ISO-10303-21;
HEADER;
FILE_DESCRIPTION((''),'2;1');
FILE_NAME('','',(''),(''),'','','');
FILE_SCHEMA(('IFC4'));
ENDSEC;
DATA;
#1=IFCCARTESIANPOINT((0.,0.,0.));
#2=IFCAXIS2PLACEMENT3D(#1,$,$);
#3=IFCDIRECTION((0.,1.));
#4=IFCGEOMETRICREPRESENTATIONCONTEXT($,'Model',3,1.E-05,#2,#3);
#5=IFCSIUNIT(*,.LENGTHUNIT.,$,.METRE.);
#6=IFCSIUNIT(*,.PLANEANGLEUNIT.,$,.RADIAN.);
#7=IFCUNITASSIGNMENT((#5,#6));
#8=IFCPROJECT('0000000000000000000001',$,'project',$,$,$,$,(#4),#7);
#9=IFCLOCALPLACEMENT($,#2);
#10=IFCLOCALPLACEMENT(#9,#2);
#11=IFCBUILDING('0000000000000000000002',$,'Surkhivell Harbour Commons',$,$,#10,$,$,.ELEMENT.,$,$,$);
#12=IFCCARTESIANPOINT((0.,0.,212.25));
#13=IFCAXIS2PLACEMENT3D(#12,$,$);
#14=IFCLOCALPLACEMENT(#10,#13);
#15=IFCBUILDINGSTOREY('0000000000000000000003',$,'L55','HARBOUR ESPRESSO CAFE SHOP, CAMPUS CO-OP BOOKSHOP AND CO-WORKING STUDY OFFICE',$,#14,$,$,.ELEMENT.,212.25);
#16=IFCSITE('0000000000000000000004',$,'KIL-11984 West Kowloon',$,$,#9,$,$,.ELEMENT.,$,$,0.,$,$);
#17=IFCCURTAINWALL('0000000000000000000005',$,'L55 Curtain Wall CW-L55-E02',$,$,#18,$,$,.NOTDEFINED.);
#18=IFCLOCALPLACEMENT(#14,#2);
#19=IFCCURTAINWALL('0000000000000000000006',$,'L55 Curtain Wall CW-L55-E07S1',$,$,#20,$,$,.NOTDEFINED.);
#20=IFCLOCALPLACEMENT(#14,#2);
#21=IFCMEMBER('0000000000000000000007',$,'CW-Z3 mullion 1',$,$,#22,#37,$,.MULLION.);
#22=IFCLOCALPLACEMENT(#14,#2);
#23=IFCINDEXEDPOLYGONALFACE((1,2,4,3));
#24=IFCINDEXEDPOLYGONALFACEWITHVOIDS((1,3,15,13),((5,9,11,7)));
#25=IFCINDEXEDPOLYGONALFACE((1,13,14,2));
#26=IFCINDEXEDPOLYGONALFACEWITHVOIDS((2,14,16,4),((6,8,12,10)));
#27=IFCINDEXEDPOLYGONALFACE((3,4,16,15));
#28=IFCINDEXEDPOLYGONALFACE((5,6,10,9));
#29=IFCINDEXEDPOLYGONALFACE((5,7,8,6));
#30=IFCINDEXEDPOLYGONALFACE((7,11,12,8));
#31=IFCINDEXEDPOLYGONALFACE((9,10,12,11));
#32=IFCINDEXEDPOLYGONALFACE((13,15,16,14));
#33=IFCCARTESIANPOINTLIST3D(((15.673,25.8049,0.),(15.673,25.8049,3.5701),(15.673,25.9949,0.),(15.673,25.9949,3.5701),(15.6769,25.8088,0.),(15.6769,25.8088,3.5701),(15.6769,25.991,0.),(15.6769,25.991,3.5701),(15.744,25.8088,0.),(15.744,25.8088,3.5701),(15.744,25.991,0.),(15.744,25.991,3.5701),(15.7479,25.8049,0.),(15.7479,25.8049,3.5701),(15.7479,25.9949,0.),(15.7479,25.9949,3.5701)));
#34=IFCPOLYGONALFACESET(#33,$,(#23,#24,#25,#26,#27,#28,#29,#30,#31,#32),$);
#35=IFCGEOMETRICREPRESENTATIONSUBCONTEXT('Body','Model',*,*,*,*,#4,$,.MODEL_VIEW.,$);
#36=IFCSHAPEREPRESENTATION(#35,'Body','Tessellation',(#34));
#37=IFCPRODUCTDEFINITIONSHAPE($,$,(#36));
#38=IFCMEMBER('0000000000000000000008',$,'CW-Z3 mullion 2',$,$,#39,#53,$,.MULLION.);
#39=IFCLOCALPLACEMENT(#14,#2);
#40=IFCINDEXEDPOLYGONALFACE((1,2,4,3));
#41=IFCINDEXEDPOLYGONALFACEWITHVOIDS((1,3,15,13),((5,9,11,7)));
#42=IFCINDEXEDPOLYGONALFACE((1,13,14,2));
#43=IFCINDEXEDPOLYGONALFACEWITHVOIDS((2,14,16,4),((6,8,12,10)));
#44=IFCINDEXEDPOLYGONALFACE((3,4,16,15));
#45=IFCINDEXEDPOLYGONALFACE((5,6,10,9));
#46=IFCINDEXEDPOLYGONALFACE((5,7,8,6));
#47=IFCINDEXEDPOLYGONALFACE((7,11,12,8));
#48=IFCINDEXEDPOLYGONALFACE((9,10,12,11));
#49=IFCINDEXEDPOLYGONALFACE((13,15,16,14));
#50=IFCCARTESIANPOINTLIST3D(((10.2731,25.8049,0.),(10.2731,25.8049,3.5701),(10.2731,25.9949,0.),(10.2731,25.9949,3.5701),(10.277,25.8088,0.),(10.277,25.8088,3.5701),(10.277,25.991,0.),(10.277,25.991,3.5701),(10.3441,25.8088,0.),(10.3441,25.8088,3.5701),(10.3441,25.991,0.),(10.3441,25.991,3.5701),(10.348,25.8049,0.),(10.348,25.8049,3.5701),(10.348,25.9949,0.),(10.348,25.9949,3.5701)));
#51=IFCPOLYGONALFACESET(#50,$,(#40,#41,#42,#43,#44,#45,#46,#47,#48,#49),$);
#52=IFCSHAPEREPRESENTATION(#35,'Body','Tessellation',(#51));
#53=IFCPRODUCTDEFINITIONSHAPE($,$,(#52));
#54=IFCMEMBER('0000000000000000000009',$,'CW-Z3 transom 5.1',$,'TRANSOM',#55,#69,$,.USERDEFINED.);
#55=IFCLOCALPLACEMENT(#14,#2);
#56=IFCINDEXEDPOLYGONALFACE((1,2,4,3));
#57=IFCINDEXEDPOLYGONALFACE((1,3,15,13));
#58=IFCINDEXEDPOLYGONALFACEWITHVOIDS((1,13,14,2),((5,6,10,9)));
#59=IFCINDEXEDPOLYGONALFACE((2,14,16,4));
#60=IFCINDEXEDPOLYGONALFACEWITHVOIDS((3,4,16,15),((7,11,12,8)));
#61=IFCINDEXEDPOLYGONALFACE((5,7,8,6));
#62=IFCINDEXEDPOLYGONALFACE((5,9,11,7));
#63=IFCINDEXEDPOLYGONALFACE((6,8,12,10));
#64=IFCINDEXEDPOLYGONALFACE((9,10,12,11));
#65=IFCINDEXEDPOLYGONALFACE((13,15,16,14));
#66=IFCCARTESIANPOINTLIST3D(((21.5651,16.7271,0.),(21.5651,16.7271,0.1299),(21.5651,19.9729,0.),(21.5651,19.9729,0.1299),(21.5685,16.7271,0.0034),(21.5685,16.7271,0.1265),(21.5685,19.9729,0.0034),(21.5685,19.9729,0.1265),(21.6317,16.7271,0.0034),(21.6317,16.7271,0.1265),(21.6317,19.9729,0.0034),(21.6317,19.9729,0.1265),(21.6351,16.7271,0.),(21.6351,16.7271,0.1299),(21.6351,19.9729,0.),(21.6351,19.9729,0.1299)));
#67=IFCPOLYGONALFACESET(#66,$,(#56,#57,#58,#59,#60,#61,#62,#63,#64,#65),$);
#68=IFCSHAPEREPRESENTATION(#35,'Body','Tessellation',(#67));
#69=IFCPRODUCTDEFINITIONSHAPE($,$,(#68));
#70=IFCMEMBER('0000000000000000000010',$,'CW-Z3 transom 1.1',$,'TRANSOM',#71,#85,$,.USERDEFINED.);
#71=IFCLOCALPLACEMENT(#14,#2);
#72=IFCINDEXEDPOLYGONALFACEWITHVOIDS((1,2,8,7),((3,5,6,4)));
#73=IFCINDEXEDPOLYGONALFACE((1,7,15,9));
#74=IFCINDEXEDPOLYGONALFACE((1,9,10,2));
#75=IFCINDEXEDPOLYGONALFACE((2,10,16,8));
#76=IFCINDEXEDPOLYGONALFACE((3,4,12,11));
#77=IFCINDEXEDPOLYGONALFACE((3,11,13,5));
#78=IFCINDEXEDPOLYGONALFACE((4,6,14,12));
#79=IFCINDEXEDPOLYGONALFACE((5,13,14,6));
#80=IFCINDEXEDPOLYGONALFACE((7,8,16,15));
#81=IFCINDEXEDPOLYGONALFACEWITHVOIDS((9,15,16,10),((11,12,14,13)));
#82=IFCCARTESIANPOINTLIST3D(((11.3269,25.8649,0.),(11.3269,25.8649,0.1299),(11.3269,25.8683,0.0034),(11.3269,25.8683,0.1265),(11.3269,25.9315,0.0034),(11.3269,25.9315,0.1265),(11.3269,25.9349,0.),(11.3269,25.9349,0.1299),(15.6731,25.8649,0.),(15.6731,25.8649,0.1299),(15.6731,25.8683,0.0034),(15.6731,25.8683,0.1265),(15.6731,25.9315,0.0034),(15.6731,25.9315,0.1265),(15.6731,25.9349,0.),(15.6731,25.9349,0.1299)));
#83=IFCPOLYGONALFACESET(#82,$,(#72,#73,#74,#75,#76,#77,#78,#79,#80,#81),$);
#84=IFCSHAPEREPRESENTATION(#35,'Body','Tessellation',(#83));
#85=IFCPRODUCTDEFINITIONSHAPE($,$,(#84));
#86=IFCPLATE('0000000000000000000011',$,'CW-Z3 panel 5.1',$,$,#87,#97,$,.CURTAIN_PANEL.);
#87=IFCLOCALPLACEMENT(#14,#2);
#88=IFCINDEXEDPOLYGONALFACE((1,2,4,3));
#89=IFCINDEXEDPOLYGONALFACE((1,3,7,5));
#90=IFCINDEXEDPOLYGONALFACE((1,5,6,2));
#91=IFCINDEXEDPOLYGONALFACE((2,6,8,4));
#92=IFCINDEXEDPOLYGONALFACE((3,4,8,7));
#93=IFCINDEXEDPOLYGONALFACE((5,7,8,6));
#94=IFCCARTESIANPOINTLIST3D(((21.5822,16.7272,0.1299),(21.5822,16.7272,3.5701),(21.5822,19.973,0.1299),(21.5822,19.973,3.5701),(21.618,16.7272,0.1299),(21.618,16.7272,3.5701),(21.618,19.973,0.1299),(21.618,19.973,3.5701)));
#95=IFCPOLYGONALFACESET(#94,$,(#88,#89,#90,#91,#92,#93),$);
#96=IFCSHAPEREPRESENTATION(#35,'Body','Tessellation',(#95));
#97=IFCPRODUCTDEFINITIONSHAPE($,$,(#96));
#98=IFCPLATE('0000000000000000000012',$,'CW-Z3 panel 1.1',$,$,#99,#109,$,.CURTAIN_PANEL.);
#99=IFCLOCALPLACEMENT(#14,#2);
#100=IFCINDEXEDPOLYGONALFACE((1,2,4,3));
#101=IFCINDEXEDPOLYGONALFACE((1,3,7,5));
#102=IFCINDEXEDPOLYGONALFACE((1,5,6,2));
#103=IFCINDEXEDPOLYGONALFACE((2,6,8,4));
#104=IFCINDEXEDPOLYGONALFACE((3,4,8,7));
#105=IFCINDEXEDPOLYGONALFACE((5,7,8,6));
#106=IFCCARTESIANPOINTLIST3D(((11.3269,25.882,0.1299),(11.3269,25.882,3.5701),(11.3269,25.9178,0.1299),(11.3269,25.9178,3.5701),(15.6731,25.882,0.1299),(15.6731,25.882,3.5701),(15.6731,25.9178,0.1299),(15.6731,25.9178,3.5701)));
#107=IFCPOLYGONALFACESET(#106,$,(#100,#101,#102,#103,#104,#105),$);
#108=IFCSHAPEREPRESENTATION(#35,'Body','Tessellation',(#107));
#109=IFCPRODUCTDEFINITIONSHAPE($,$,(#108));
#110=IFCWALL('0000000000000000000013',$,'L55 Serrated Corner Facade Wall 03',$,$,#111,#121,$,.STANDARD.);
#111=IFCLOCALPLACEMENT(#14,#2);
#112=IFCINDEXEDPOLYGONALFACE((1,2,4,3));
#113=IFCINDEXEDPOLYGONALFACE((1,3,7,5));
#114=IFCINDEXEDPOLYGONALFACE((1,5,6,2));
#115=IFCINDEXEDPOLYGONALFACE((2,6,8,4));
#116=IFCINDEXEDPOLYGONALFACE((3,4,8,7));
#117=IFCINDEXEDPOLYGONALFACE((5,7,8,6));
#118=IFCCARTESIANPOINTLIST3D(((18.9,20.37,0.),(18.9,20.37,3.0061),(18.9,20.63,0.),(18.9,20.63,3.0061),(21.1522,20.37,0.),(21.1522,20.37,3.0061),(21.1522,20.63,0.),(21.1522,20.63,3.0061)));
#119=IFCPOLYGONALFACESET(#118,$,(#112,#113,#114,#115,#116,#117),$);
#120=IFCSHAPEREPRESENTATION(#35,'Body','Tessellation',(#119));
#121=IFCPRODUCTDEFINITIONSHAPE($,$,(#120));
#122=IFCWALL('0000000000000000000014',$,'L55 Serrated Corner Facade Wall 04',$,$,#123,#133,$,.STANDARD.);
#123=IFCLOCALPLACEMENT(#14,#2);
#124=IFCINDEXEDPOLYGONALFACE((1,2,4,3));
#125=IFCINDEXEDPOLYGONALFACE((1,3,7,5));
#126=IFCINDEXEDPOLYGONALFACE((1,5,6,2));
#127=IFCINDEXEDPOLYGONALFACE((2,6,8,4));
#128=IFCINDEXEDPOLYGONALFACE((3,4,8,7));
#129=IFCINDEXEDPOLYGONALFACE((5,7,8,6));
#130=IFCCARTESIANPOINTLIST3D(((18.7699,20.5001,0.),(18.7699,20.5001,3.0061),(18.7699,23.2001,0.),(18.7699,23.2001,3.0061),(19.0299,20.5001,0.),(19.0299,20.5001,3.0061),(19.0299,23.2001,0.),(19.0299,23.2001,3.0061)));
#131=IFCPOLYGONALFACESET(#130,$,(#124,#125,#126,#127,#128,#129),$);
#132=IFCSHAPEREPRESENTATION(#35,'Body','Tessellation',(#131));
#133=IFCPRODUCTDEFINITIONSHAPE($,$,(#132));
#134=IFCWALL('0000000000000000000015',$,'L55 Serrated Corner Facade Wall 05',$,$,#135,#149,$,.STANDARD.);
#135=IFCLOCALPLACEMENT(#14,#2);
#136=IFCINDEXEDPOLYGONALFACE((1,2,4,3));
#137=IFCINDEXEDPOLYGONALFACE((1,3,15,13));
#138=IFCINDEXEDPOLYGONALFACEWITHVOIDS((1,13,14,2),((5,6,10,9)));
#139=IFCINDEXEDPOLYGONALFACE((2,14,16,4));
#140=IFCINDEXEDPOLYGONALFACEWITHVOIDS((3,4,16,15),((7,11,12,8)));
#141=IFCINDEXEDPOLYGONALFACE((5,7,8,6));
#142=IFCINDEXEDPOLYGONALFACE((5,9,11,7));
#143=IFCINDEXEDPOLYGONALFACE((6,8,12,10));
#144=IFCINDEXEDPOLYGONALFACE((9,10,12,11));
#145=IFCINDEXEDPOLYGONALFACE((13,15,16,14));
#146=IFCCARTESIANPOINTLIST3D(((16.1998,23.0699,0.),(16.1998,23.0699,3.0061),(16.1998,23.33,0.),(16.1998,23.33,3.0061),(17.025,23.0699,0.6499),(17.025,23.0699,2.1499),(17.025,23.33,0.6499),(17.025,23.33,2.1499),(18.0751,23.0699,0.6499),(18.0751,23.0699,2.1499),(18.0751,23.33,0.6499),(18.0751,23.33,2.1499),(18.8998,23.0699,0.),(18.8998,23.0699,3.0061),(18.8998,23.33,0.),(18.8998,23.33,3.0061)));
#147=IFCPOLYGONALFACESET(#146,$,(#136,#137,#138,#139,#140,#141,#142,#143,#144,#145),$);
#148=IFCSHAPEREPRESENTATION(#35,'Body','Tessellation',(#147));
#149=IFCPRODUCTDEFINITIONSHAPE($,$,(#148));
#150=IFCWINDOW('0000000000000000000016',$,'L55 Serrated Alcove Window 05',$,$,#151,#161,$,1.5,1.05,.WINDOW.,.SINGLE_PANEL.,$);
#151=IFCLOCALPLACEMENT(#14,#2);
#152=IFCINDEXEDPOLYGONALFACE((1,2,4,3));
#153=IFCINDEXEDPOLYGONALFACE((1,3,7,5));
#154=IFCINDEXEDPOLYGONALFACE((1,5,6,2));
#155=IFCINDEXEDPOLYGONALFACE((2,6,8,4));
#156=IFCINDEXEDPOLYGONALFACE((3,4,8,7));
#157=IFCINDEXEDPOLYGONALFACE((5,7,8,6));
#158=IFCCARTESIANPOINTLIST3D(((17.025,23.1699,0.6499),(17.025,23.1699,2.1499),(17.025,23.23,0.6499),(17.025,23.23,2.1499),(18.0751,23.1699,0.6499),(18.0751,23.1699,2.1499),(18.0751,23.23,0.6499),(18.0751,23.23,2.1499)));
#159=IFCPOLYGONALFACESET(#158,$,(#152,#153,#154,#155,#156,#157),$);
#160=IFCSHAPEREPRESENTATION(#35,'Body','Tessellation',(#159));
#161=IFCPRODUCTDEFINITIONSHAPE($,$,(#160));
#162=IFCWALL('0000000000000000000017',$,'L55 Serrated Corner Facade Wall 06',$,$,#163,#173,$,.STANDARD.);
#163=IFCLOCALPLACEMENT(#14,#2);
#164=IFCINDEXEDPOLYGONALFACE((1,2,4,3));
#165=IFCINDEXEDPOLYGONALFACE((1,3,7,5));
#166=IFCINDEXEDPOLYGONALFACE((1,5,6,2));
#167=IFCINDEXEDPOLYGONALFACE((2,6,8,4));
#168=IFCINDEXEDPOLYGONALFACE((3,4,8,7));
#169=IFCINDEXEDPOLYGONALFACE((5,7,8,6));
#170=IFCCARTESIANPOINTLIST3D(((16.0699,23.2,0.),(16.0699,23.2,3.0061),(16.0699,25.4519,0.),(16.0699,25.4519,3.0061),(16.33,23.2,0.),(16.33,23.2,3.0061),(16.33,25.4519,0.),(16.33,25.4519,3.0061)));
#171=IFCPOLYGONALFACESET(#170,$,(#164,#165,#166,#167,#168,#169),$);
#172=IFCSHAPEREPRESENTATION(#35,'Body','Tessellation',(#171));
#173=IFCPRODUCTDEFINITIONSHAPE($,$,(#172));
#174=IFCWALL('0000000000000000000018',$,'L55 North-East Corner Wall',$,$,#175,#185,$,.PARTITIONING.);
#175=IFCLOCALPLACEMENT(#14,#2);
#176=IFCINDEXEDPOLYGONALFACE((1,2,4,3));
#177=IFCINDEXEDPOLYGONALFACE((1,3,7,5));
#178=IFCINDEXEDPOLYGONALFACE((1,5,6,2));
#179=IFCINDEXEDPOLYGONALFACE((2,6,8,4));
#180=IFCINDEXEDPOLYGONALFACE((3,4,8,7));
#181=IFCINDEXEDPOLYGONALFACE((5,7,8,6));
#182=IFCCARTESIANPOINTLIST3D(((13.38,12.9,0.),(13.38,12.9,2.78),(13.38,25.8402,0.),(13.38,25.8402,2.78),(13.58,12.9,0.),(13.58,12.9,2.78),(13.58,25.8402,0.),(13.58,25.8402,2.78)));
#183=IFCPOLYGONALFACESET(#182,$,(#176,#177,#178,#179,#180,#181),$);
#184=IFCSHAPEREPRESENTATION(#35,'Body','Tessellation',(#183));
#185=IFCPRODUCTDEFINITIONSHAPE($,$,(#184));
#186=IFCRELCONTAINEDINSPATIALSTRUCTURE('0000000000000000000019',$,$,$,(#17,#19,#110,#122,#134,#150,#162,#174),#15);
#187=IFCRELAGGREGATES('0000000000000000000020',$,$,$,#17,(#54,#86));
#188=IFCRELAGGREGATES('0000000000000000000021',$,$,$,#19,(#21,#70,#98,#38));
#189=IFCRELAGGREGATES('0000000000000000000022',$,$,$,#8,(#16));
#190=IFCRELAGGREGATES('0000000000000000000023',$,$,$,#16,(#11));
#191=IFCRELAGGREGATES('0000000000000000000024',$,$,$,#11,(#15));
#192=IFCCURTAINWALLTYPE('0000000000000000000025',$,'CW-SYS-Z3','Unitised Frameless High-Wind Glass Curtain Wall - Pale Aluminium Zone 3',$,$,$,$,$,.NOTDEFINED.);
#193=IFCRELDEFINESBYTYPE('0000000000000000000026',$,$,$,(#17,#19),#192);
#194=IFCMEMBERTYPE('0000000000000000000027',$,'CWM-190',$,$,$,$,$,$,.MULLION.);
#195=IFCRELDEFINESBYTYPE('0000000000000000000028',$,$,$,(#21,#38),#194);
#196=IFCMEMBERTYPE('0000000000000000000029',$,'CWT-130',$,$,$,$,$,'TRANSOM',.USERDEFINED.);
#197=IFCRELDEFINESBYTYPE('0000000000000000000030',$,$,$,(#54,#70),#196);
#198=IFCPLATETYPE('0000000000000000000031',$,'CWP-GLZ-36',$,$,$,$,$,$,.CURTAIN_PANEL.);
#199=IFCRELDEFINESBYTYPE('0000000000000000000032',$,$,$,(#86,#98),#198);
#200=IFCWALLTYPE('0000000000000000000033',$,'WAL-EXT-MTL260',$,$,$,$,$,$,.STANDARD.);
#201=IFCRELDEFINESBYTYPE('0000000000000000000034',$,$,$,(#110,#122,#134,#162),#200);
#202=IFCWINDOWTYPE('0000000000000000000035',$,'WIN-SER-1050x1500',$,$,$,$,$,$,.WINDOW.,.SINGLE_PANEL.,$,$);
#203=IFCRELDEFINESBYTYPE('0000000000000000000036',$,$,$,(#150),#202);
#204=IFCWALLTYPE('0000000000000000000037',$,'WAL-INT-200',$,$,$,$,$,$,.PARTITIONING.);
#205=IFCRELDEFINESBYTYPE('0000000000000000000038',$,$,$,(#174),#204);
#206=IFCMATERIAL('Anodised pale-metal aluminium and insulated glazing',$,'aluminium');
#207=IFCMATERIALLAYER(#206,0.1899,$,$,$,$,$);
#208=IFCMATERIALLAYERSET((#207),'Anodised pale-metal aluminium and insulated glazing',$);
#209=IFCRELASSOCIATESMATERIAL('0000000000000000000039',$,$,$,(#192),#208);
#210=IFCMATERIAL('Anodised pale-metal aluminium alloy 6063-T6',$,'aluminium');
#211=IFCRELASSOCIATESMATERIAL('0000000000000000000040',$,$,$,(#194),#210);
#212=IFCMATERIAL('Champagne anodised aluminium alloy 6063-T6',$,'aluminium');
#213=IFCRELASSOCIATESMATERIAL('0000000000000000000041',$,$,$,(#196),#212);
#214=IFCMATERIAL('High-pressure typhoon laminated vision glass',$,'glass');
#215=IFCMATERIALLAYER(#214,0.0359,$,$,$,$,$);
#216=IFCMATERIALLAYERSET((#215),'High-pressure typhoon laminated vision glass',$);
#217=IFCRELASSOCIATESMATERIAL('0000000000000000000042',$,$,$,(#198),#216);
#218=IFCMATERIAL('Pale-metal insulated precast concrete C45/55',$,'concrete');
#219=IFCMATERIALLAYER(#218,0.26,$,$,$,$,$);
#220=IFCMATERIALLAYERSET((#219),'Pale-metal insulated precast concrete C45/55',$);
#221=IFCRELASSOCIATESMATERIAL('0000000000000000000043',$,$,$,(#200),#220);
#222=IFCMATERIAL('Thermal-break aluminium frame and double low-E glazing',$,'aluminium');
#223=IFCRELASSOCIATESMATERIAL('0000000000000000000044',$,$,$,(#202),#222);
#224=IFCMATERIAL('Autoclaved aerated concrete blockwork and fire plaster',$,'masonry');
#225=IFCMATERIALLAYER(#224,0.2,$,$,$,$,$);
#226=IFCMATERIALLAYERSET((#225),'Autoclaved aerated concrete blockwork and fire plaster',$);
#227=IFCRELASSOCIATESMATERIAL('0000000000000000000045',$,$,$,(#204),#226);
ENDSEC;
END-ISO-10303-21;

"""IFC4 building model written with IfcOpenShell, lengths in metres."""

from ifc_helpers import new_model, si_unit, direction, frame, frame_2d, origin, origin_2d, place, context, subcontext, project, spatial, rectangle, hollow_rectangle, extrude, material, layer, layer_set, material_profile, profile_set, type_object, element, fill, aggregate, save


model = new_model("IFC4")

# Units and contexts
model_context = context("Model", 3, precision=1e-05, world=origin(), true_north=direction((0.0, 1.0)))
body_context = subcontext(model_context, "Body", "Model", "MODEL_VIEW")
ifc_project = project(units=[si_unit("LENGTHUNIT", "METRE"), si_unit("PLANEANGLEUNIT", "RADIAN")], contexts=[model_context])

# Site, building, storey
site_placement = place(None, origin())
site = spatial("IfcSite", under=ifc_project, at=site_placement, Name="KIL-11984 West Kowloon", CompositionType="ELEMENT", RefElevation=0.0)
building_placement = place(site_placement, origin())
building = spatial("IfcBuilding", under=site, at=building_placement, Name="Surkhivell Harbour Commons", CompositionType="ELEMENT")
storey_placement = place(building_placement, frame((0.0, 0.0, 212.25)))
storey = spatial("IfcBuildingStorey", under=building, at=storey_placement, Name="L55", Description="HARBOUR ESPRESSO CAFE SHOP, CAMPUS CO-OP BOOKSHOP AND CO-WORKING STUDY OFFICE", CompositionType="ELEMENT", Elevation=212.25)

# Curtain walls, members
ifc_material_1 = material(Name="Anodised pale-metal aluminium and insulated glazing", Category="aluminium")
ifc_layer_1 = layer(ifc_material_1, 0.1899)
ifc_layer_set_1 = layer_set([ifc_layer_1], Name="Anodised pale-metal aluminium and insulated glazing")
curtain_wall_type = type_object("IfcCurtainWallType", Name="CW-SYS-Z3", Description="Unitised Frameless High-Wind Glass Curtain Wall - Pale Aluminium Zone 3", PredefinedType="NOTDEFINED", material=ifc_layer_set_1)
curtain_wall_1_placement = place(storey_placement, origin())
curtain_wall_1 = element("IfcCurtainWall", 1, at=curtain_wall_1_placement, inside=storey, type_object=curtain_wall_type, Name="L55 Curtain Wall CW-L55-E02", PredefinedType="NOTDEFINED")
ifc_material_2 = material(Name="Anodised pale-metal aluminium alloy 6063-T6", Category="aluminium")
ifc_material_profile_1 = material_profile(ifc_material_2, hollow_rectangle(XDim=0.075, YDim=0.1899, WallThickness=0.0039, at=origin_2d()), Name="ALU-MULL-75x190")
ifc_profile_set_1 = profile_set([ifc_material_profile_1], Name="Anodised pale-metal aluminium alloy 6063-T6")
member_type_1 = type_object("IfcMemberType", Name="CWM-190", PredefinedType="MULLION", material=ifc_profile_set_1)
curtain_wall_2_placement = place(storey_placement, origin())
curtain_wall_2 = element("IfcCurtainWall", 2, at=curtain_wall_2_placement, inside=storey, type_object=curtain_wall_type, Name="L55 Curtain Wall CW-L55-E07S1", PredefinedType="NOTDEFINED")
member_1_placement = place(storey_placement, frame((15.7104, 25.8999, 0.0), z_axis=(0.0, 0.0, 1.0), x_axis=(-1.0, 0.0, 0.0)))
member_1 = element("IfcMember", 3, at=member_1_placement, type_object=member_type_1, Name="CW-Z3 mullion 1", PredefinedType="MULLION", context=body_context, shape_type="SweptSolid", body=[
    extrude(hollow_rectangle(XDim=0.075, YDim=0.1899, WallThickness=0.0039, at=origin_2d()), origin(), (0.0, 0.0, 1.0), 3.5701),
])
member_2_placement = place(storey_placement, frame((10.3105, 25.8999, 0.0), z_axis=(0.0, 0.0, 1.0), x_axis=(-1.0, 0.0, 0.0)))
member_2 = element("IfcMember", 4, at=member_2_placement, type_object=member_type_1, Name="CW-Z3 mullion 2", PredefinedType="MULLION", context=body_context, shape_type="SweptSolid", body=[
    extrude(hollow_rectangle(XDim=0.075, YDim=0.1899, WallThickness=0.0039, at=origin_2d()), origin(), (0.0, 0.0, 1.0), 3.5701),
])

# Members
ifc_material_3 = material(Name="Champagne anodised aluminium alloy 6063-T6", Category="aluminium")
ifc_material_profile_2 = material_profile(ifc_material_3, hollow_rectangle(XDim=0.0701, YDim=0.1299, WallThickness=0.0034, at=origin_2d()), Name="ALU-TRAN-70x130")
ifc_profile_set_2 = profile_set([ifc_material_profile_2], Name="Champagne anodised aluminium alloy 6063-T6")
member_type_2 = type_object("IfcMemberType", Name="CWT-130", ElementType="TRANSOM", PredefinedType="USERDEFINED", material=ifc_profile_set_2)
member_3_placement = place(storey_placement, frame((21.6001, 16.7271, 0.0649), z_axis=(0.0, 1.0, 0.0), x_axis=(-1.0, 0.0, 0.0)))
member_3 = element("IfcMember", 5, at=member_3_placement, type_object=member_type_2, Name="CW-Z3 transom 5.1", ObjectType="TRANSOM", PredefinedType="USERDEFINED", context=body_context, shape_type="SweptSolid", body=[
    extrude(hollow_rectangle(XDim=0.0701, YDim=0.1299, WallThickness=0.0034, at=origin_2d()), origin(), (0.0, 0.0, 1.0), 3.2458),
])
member_4_placement = place(storey_placement, frame((15.6731, 25.8999, 0.0649), z_axis=(-1.0, 0.0, 0.0), x_axis=(0.0, -1.0, 0.0)))
member_4 = element("IfcMember", 6, at=member_4_placement, type_object=member_type_2, Name="CW-Z3 transom 1.1", ObjectType="TRANSOM", PredefinedType="USERDEFINED", context=body_context, shape_type="SweptSolid", body=[
    extrude(hollow_rectangle(XDim=0.0701, YDim=0.1299, WallThickness=0.0034, at=origin_2d()), origin(), (0.0, 0.0, 1.0), 4.3462),
])

# Plates
ifc_material_4 = material(Name="High-pressure typhoon laminated vision glass", Category="glass")
ifc_layer_2 = layer(ifc_material_4, 0.0359)
ifc_layer_set_2 = layer_set([ifc_layer_2], Name="High-pressure typhoon laminated vision glass")
plate_type = type_object("IfcPlateType", Name="CWP-GLZ-36", PredefinedType="CURTAIN_PANEL", material=ifc_layer_set_2)
plate_1_placement = place(storey_placement, frame((21.6001, 16.7271, 0.1299), z_axis=(0.0, 0.0, 1.0), x_axis=(0.0, 1.0, 0.0)))
plate_1 = element("IfcPlate", 7, at=plate_1_placement, type_object=plate_type, Name="CW-Z3 panel 5.1", PredefinedType="CURTAIN_PANEL", context=body_context, shape_type="SweptSolid", body=[
    extrude(rectangle(XDim=3.2458, YDim=0.0359, at=frame_2d((1.623, 0.0))), origin(), (0.0, 0.0, 1.0), 3.4402),
])
aggregate(curtain_wall_1, [member_3, plate_1])
plate_2_placement = place(storey_placement, frame((15.6731, 25.8999, 0.1299), z_axis=(0.0, 0.0, 1.0), x_axis=(-1.0, 0.0, 0.0)))
plate_2 = element("IfcPlate", 8, at=plate_2_placement, type_object=plate_type, Name="CW-Z3 panel 1.1", PredefinedType="CURTAIN_PANEL", context=body_context, shape_type="SweptSolid", body=[
    extrude(rectangle(XDim=4.3462, YDim=0.0359, at=frame_2d((2.1731, 0.0))), origin(), (0.0, 0.0, 1.0), 3.4402),
])
aggregate(curtain_wall_2, [member_1, member_4, plate_2, member_2])

# Walls
ifc_material_5 = material(Name="Pale-metal insulated precast concrete C45/55", Category="concrete")
ifc_layer_3 = layer(ifc_material_5, 0.26)
ifc_layer_set_3 = layer_set([ifc_layer_3], Name="Pale-metal insulated precast concrete C45/55")
wall_type_1 = type_object("IfcWallType", Name="WAL-EXT-MTL260", PredefinedType="STANDARD", material=ifc_layer_set_3)
wall_1_placement = place(storey_placement, frame((21.1521, 20.5, 0.0), z_axis=(0.0, 0.0, 1.0), x_axis=(-1.0, 0.0, 0.0)))
element("IfcWall", 9, at=wall_1_placement, inside=storey, type_object=wall_type_1, Name="L55 Serrated Corner Facade Wall 03", PredefinedType="STANDARD", context=body_context, shape_type="SweptSolid", body=[
    extrude(rectangle(XDim=2.2522, YDim=0.26, at=frame_2d((1.126, 0.0))), origin(), (0.0, 0.0, 1.0), 3.0061),
])
wall_2_placement = place(storey_placement, frame((18.8999, 20.5, 0.0), z_axis=(0.0, 0.0, 1.0), x_axis=(0.0, 1.0, 0.0)))
element("IfcWall", 10, at=wall_2_placement, inside=storey, type_object=wall_type_1, Name="L55 Serrated Corner Facade Wall 04", PredefinedType="STANDARD", context=body_context, shape_type="SweptSolid", body=[
    extrude(rectangle(XDim=2.7, YDim=0.26, at=frame_2d((1.3501, 0.0))), origin(), (0.0, 0.0, 1.0), 3.0061),
])

# Wall, opening, window
wall_3_placement = place(storey_placement, frame((18.8999, 23.2, 0.0), z_axis=(0.0, 0.0, 1.0), x_axis=(-1.0, 0.0, 0.0)))
wall_3 = element("IfcWall", 11, at=wall_3_placement, inside=storey, type_object=wall_type_1, Name="L55 Serrated Corner Facade Wall 05", PredefinedType="STANDARD", context=body_context, shape_type="SweptSolid", body=[
    extrude(rectangle(XDim=2.7, YDim=0.26, at=frame_2d((1.3501, 0.0))), origin(), (0.0, 0.0, 1.0), 3.0061),
])
opening_placement = place(wall_3_placement, frame((0.825, 0.0, 0.6499)))
opening = element("IfcOpeningElement", 12, at=opening_placement, cuts=wall_3, PredefinedType="OPENING", context=body_context, shape_type="SweptSolid", body=[
    extrude(rectangle(XDim=1.05, YDim=1.5, at=frame_2d((0.5249, 0.75))), frame((0.0, 0.1399, 0.0), z_axis=(0.0, -1.0, 0.0), x_axis=(1.0, 0.0, 0.0)), (0.0, 0.0, 1.0), 0.28),
])
ifc_material_6 = material(Name="Thermal-break aluminium frame and double low-E glazing", Category="aluminium")
window_type = type_object("IfcWindowType", Name="WIN-SER-1050x1500", PartitioningType="SINGLE_PANEL", PredefinedType="WINDOW", material=ifc_material_6)
window_placement = place(opening_placement, origin())
window = element("IfcWindow", 13, at=window_placement, inside=storey, type_object=window_type, Name="L55 Serrated Alcove Window 05", OverallHeight=1.5, OverallWidth=1.05, PartitioningType="SINGLE_PANEL", PredefinedType="WINDOW", context=body_context, shape_type="SweptSolid", body=[
    extrude(rectangle(XDim=1.05, YDim=1.5, at=frame_2d((0.5249, 0.75))), frame((0.0, 0.03, 0.0), z_axis=(0.0, -1.0, 0.0), x_axis=(1.0, 0.0, 0.0)), (0.0, 0.0, 1.0), 0.0601),
])
fill(opening, window)

# Walls
wall_4_placement = place(storey_placement, frame((16.2, 23.2, 0.0), z_axis=(0.0, 0.0, 1.0), x_axis=(0.0, 1.0, 0.0)))
element("IfcWall", 14, at=wall_4_placement, inside=storey, type_object=wall_type_1, Name="L55 Serrated Corner Facade Wall 06", PredefinedType="STANDARD", context=body_context, shape_type="SweptSolid", body=[
    extrude(rectangle(XDim=2.252, YDim=0.26, at=frame_2d((1.126, 0.0))), origin(), (0.0, 0.0, 1.0), 3.0061),
])
ifc_material_7 = material(Name="Autoclaved aerated concrete blockwork and fire plaster", Category="masonry")
ifc_layer_4 = layer(ifc_material_7, 0.2)
ifc_layer_set_4 = layer_set([ifc_layer_4], Name="Autoclaved aerated concrete blockwork and fire plaster")
wall_type_2 = type_object("IfcWallType", Name="WAL-INT-200", PredefinedType="PARTITIONING", material=ifc_layer_set_4)
wall_5_placement = place(storey_placement, frame((13.48, 12.8999, 0.0), z_axis=(0.0, 0.0, 1.0), x_axis=(0.0, 1.0, 0.0)))
element("IfcWall", 15, at=wall_5_placement, inside=storey, type_object=wall_type_2, Name="L55 North-East Corner Wall", PredefinedType="PARTITIONING", context=body_context, shape_type="SweptSolid", body=[
    extrude(rectangle(XDim=12.9402, YDim=0.2, at=frame_2d((6.4702, 0.0))), origin(), (0.0, 0.0, 1.0), 2.78),
])

save(model, "model.ifc")
